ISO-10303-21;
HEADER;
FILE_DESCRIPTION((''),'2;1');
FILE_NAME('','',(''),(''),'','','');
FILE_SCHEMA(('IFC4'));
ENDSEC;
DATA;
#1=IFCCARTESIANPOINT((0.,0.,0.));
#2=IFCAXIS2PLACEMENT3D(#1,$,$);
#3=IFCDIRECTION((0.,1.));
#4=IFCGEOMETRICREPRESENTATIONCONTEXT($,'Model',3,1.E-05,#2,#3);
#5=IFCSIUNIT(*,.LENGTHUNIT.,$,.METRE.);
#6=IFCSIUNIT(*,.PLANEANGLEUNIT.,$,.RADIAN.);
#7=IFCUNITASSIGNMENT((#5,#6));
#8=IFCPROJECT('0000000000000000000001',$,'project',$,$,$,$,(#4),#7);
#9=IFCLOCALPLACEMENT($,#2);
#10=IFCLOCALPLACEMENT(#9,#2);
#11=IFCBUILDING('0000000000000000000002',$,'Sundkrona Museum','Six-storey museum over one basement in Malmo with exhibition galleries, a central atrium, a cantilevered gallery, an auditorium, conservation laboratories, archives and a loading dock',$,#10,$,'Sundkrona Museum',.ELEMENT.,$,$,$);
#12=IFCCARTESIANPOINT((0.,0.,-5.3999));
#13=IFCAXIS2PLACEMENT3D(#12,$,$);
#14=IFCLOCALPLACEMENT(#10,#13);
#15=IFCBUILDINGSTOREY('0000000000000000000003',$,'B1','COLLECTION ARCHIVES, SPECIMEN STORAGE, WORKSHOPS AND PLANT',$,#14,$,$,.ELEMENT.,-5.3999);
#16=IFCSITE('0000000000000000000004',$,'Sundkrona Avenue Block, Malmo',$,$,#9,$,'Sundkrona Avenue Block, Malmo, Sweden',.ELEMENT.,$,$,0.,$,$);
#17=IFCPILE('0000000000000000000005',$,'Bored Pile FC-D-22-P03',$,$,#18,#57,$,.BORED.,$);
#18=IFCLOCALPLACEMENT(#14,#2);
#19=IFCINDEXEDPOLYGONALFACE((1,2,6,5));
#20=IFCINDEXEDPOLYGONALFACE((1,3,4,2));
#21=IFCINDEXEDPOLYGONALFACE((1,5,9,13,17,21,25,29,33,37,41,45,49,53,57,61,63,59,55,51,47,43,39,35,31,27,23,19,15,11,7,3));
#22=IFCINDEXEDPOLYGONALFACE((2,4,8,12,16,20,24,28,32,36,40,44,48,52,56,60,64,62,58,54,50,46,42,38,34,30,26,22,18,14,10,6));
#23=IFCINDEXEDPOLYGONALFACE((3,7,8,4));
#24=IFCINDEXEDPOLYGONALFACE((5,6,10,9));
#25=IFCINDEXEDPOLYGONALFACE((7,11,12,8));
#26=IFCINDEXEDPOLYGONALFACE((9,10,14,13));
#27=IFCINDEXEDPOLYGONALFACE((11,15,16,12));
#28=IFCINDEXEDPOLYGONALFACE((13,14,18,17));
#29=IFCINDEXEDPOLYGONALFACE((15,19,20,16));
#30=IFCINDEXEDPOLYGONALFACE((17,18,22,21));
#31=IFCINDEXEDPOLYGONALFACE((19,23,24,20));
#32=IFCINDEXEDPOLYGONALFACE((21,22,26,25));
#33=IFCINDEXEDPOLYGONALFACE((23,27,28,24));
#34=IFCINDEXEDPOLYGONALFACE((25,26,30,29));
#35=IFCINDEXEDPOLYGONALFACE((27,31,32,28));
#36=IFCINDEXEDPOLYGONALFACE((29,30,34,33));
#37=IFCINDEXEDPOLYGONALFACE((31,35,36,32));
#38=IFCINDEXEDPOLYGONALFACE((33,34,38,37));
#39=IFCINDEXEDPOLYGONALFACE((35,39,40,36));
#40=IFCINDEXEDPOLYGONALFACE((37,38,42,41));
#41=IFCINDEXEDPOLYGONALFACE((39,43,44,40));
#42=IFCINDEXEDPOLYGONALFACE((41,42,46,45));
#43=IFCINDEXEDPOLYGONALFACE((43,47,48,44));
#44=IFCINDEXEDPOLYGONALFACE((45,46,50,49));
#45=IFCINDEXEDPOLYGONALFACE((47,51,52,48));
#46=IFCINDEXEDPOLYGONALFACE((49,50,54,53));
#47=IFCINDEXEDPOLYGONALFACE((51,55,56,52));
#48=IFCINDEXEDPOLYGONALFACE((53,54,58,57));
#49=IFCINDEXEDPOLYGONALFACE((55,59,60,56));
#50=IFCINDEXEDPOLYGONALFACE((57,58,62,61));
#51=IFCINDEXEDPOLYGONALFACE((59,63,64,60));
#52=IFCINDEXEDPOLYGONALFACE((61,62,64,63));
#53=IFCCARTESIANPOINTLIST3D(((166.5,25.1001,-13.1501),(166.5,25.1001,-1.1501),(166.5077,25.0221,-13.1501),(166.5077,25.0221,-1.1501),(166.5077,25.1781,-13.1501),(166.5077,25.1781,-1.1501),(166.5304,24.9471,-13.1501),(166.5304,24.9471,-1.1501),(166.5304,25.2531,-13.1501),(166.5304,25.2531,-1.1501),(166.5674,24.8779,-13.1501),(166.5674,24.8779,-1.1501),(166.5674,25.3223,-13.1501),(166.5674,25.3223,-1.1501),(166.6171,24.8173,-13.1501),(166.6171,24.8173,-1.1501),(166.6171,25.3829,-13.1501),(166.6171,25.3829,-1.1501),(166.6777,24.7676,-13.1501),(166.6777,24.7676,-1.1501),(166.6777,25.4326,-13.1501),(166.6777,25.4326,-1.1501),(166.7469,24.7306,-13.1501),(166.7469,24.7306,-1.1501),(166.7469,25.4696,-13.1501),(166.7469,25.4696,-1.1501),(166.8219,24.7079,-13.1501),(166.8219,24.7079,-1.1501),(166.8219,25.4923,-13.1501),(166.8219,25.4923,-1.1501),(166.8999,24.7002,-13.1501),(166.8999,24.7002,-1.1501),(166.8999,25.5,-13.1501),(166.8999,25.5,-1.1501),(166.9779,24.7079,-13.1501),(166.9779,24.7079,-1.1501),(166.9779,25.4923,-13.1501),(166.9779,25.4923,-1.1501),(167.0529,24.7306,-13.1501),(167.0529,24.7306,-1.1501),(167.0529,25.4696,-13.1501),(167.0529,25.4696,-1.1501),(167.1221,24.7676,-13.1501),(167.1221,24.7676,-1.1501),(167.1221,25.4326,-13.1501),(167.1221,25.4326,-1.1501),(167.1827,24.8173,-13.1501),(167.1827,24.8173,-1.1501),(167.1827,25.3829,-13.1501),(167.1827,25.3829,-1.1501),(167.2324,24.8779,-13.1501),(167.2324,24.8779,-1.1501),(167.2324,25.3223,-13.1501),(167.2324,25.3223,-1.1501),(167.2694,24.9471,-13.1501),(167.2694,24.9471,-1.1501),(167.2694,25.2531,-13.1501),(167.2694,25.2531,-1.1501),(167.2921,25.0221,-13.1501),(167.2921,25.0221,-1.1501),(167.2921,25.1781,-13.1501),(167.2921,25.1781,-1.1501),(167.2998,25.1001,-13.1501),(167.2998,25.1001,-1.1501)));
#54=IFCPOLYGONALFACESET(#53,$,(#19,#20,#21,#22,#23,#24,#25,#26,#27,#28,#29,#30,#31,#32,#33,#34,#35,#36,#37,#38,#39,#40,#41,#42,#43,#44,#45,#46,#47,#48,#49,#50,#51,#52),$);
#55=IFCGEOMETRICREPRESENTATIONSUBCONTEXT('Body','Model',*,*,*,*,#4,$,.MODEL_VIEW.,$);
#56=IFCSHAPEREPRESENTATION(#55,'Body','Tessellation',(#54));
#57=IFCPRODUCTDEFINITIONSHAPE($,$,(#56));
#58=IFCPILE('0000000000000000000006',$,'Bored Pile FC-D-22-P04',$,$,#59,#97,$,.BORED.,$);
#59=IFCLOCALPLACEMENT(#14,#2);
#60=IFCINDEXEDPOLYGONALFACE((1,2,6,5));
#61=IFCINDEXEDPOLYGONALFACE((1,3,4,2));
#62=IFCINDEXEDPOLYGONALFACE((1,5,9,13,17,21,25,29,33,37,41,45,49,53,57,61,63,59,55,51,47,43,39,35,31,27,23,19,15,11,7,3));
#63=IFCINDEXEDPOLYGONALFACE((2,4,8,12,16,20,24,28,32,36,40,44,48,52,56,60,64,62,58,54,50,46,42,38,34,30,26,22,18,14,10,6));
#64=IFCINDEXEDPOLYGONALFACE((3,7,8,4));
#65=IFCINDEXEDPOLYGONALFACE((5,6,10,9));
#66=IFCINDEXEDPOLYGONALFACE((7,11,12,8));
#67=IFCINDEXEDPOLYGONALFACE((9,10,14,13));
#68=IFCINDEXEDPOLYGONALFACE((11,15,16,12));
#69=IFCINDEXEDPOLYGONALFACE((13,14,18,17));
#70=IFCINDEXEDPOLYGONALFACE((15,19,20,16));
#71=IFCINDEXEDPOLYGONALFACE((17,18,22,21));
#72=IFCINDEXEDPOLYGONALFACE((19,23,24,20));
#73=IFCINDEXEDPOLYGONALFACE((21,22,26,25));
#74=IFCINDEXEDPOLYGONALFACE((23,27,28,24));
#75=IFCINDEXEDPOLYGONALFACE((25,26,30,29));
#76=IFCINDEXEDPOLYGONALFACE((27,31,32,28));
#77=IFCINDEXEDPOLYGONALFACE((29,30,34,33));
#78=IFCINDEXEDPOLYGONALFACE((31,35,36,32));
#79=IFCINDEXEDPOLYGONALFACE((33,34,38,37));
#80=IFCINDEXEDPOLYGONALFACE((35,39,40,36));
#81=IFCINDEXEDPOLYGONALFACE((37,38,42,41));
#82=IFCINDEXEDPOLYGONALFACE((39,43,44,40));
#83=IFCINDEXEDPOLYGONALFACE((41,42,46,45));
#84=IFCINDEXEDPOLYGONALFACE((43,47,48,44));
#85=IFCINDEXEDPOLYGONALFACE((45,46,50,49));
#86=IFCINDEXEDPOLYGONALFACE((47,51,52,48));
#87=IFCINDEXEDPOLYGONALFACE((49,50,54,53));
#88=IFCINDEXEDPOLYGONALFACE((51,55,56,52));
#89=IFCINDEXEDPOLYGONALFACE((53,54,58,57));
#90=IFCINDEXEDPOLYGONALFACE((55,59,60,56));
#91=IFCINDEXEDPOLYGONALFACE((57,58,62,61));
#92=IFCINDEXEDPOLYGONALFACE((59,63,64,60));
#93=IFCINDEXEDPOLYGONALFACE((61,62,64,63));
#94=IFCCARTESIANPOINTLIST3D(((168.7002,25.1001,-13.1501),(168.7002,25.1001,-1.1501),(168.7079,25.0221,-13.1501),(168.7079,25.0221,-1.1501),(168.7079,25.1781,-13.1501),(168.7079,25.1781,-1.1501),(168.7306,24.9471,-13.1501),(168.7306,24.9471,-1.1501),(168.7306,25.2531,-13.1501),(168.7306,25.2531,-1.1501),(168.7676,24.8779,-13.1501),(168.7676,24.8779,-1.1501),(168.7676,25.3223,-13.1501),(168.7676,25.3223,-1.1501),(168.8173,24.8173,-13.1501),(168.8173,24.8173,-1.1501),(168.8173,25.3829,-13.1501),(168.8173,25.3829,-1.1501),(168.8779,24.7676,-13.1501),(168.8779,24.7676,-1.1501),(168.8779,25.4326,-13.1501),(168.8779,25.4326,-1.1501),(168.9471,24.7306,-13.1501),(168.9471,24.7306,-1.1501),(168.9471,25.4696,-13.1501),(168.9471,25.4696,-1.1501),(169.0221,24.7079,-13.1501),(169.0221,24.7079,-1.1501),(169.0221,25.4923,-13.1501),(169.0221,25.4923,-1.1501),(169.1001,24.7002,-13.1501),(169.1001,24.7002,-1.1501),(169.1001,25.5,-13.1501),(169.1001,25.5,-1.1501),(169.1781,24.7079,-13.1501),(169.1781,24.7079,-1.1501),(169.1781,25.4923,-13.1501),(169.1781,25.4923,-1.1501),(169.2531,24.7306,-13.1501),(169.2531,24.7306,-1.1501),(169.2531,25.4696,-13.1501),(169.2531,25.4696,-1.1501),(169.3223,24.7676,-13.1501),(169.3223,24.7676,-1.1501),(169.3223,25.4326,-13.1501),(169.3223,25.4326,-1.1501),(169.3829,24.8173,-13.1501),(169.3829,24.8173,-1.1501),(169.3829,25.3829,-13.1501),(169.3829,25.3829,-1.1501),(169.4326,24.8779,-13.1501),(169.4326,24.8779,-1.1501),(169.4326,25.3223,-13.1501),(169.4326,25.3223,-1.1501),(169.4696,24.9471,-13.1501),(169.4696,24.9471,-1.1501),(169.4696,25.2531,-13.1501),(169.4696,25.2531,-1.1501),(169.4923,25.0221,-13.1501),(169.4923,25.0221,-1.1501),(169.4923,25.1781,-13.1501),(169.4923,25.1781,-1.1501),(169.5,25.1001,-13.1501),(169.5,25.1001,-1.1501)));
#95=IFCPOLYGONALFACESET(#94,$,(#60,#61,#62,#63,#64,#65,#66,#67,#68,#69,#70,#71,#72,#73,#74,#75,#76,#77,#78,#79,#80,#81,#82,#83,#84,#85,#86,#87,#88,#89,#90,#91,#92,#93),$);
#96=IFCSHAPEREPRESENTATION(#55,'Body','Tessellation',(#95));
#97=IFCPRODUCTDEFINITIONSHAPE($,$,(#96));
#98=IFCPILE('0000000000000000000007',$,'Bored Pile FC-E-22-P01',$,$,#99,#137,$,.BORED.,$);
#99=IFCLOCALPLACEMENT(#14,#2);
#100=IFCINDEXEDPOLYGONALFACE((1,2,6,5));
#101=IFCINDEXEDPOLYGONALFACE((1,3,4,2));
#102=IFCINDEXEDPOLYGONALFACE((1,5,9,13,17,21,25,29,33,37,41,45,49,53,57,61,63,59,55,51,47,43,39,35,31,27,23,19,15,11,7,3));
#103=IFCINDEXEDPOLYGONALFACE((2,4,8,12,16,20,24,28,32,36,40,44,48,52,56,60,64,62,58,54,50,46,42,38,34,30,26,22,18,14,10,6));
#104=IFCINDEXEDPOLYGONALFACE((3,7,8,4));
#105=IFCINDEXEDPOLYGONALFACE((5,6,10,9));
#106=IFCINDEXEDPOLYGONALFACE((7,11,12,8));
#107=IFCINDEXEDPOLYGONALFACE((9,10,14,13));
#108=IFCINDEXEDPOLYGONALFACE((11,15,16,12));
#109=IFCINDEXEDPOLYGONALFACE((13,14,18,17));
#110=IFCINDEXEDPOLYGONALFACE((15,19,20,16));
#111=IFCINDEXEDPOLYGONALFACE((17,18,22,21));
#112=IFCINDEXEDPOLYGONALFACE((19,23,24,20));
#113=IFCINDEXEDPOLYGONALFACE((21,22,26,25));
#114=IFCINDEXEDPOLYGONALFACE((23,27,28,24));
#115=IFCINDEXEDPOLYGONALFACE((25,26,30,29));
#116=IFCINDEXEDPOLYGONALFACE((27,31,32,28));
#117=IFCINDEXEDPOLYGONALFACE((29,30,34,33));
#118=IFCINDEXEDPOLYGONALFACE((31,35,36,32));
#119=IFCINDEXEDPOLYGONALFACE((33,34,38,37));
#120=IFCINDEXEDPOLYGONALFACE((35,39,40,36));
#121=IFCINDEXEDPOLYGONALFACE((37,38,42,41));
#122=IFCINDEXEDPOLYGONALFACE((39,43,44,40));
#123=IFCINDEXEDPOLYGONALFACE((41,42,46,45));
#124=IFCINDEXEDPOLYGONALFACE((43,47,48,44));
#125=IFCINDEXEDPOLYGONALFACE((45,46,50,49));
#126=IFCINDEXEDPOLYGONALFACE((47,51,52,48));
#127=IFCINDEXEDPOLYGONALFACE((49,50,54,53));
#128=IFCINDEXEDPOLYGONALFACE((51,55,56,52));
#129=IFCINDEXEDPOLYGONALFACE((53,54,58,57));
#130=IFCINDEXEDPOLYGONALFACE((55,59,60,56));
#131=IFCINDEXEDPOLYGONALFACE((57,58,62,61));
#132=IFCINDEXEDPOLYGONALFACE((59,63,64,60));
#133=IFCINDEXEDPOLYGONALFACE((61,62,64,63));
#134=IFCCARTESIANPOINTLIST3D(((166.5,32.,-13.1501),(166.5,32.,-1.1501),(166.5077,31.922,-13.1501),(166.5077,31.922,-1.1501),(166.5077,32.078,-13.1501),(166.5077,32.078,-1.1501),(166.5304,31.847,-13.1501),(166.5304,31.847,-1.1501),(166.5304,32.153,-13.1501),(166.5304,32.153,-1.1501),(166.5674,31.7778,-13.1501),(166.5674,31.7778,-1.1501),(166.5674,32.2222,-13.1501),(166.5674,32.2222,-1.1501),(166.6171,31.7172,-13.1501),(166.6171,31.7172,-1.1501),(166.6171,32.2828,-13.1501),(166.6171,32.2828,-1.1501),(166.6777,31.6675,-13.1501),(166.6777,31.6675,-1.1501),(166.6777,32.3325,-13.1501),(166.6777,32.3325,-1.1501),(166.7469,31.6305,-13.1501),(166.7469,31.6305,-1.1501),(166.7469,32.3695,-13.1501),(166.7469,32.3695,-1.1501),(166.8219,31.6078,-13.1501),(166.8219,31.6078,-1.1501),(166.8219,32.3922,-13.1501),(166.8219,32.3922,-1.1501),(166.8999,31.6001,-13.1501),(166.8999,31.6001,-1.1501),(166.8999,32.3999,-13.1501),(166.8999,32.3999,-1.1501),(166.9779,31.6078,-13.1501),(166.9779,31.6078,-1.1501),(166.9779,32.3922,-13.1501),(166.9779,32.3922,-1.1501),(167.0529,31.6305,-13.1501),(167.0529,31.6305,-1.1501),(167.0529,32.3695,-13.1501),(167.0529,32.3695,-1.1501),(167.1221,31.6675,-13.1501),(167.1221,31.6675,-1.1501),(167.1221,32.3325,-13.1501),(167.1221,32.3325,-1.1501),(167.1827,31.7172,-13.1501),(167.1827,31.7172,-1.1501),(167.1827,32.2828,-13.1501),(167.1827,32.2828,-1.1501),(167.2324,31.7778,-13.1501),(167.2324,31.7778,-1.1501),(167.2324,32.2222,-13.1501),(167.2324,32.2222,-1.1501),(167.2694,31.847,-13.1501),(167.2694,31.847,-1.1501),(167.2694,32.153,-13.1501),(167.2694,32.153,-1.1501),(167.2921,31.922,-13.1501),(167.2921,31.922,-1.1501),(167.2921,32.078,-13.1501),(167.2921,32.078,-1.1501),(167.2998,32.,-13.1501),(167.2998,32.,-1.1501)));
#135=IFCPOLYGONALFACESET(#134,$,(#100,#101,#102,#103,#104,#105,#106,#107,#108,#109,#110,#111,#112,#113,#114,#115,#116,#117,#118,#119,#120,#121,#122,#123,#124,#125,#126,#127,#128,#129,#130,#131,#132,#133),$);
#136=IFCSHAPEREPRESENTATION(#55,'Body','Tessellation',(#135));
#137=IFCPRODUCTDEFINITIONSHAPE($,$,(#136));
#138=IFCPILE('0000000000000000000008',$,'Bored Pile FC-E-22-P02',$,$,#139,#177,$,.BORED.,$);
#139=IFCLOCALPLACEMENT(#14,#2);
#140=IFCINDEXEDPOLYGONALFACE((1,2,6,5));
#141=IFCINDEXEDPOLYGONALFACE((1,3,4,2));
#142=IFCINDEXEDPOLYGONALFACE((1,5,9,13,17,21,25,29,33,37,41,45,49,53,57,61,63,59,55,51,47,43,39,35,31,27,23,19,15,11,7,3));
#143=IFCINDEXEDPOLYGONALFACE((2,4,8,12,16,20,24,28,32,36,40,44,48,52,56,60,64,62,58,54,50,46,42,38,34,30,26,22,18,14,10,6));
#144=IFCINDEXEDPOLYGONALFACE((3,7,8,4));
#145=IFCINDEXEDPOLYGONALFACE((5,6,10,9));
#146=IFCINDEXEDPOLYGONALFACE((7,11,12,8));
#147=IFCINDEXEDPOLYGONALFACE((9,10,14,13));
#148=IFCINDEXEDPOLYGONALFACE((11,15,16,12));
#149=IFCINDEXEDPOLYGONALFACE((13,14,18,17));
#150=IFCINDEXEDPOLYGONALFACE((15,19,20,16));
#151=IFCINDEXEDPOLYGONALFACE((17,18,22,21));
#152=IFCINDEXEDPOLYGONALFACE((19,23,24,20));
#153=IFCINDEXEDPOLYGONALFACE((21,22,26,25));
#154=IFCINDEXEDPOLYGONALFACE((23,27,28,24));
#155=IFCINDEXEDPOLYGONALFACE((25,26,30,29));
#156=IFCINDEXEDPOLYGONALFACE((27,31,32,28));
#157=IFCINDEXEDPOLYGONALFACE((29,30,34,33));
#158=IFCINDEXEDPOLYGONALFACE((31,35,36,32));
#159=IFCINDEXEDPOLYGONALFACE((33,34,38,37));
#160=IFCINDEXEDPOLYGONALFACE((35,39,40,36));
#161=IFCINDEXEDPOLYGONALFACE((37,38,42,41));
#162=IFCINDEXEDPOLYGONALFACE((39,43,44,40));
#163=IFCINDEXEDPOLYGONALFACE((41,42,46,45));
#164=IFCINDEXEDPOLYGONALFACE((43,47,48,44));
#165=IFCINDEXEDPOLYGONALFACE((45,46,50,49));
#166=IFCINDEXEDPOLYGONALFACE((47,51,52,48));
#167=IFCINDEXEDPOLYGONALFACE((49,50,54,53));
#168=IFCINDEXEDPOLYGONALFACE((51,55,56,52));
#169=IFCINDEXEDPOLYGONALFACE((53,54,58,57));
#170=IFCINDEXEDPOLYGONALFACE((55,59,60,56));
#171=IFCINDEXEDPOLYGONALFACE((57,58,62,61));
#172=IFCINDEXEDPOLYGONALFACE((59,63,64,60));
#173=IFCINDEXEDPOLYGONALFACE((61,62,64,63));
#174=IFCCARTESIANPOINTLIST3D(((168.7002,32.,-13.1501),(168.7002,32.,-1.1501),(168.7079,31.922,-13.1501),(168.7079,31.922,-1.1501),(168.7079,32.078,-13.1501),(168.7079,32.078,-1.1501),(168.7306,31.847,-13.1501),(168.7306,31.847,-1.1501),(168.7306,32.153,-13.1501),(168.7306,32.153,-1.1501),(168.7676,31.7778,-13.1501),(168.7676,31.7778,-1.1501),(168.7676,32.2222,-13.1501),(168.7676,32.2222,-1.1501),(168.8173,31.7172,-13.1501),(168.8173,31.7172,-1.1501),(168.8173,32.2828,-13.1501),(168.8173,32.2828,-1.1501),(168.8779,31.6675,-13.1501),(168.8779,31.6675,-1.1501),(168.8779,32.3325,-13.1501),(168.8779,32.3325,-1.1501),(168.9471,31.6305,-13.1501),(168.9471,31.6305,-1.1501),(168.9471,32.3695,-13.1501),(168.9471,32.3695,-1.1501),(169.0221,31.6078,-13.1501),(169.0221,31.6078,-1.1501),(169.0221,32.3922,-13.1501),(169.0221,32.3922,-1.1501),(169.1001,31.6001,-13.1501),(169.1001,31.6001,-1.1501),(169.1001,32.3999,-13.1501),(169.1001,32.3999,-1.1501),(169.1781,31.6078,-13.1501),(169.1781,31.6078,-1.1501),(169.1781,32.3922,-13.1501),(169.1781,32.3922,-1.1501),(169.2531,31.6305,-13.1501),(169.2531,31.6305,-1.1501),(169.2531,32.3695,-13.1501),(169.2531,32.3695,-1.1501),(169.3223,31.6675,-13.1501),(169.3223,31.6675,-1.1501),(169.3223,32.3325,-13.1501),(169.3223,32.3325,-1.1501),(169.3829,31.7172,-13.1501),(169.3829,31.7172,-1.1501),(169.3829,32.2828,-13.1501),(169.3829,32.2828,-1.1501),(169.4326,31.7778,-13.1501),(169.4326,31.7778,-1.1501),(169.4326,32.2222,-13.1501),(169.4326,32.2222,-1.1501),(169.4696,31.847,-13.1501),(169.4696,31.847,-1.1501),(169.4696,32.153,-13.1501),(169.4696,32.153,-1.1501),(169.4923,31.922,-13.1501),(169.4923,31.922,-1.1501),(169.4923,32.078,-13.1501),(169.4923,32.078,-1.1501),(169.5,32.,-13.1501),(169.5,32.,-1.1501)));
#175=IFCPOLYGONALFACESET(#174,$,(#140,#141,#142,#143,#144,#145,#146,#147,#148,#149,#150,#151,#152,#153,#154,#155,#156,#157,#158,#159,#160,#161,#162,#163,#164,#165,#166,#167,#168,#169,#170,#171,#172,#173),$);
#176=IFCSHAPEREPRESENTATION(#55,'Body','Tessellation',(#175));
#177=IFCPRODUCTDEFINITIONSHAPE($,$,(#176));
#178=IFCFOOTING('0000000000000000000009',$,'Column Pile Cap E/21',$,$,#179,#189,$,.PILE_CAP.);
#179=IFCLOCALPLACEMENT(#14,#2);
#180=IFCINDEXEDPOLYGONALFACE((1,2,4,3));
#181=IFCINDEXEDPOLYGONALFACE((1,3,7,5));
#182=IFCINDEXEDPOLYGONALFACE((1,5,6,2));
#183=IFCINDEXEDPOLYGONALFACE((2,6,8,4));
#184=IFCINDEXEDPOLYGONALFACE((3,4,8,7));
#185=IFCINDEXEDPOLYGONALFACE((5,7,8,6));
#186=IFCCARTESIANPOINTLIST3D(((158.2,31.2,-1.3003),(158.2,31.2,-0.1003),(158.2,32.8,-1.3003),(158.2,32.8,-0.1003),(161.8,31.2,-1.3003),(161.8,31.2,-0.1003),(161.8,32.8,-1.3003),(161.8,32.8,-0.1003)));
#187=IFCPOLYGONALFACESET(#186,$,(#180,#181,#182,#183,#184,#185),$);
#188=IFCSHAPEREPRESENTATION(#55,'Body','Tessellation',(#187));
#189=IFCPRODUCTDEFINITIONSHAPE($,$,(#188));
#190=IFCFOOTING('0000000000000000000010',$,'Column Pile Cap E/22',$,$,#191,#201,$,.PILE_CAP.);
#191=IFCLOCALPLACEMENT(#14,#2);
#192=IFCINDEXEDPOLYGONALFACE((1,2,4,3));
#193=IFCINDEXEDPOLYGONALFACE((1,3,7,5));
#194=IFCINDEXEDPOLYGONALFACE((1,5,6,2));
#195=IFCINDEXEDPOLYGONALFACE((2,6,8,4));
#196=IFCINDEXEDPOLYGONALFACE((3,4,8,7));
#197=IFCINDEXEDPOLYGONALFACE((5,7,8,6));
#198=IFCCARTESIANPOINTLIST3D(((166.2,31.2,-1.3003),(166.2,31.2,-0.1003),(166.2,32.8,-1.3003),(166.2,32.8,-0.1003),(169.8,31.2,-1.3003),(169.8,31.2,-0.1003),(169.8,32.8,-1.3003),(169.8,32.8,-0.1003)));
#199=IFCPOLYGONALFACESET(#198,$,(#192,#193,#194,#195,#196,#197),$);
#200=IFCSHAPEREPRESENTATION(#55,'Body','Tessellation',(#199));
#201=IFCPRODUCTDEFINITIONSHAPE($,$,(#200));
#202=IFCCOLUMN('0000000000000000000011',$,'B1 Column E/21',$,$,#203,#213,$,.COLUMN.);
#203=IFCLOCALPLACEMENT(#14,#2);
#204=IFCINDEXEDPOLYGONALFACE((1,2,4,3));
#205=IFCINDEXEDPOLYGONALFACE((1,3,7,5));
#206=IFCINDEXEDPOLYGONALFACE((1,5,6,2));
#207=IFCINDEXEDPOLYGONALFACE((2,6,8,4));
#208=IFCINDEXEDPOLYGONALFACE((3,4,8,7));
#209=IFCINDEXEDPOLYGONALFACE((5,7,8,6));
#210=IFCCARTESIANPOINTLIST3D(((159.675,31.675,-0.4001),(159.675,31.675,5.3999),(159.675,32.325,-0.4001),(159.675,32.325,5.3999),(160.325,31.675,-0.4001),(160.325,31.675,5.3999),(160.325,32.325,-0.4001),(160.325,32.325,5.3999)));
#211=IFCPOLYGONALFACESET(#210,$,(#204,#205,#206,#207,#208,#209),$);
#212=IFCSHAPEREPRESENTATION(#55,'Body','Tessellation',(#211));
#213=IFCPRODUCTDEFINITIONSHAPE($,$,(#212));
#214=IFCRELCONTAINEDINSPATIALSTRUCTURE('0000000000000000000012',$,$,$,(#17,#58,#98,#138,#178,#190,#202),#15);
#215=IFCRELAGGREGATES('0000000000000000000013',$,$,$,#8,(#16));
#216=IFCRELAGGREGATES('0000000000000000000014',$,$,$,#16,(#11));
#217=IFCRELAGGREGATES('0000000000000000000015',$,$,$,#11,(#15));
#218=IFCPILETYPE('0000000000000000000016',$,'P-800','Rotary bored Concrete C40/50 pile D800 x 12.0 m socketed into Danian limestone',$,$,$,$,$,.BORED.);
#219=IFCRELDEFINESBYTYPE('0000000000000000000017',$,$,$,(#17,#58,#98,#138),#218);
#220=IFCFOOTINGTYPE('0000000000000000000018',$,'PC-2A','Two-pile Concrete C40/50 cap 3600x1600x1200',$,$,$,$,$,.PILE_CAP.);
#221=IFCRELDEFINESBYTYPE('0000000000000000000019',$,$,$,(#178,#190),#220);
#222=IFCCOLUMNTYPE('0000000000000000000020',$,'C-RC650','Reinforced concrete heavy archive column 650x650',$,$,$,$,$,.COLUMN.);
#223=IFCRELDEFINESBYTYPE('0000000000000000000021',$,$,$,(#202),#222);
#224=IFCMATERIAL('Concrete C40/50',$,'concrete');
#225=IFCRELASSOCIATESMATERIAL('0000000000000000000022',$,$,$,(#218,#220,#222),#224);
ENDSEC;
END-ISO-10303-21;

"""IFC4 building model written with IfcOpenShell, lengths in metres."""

from ifc_helpers import new_model, si_unit, direction, frame, origin, origin_2d, place, context, subcontext, project, spatial, rectangle, circle, extrude, material, material_profile, profile_set, type_object, element, save


model = new_model("IFC4")

# Units and contexts
model_context = context("Model", 3, precision=1e-05, world=origin(), true_north=direction((0.0, 1.0)))
body_context = subcontext(model_context, "Body", "Model", "MODEL_VIEW")
ifc_project = project(units=[si_unit("LENGTHUNIT", "METRE"), si_unit("PLANEANGLEUNIT", "RADIAN")], contexts=[model_context])

# Site, building, storey
site_placement = place(None, origin())
site = spatial("IfcSite", under=ifc_project, at=site_placement, Name="Sundkrona Avenue Block, Malmo", LongName="Sundkrona Avenue Block, Malmo, Sweden", CompositionType="ELEMENT", RefElevation=0.0)
building_placement = place(site_placement, origin())
building = spatial("IfcBuilding", under=site, at=building_placement, Name="Sundkrona Museum", Description="Six-storey museum over one basement in Malmo with exhibition galleries, a central atrium, a cantilevered gallery, an auditorium, conservation laboratories, archives and a loading dock", LongName="Sundkrona Museum", CompositionType="ELEMENT")
storey_placement = place(building_placement, frame((0.0, 0.0, -5.3999)))
storey = spatial("IfcBuildingStorey", under=building, at=storey_placement, Name="B1", Description="COLLECTION ARCHIVES, SPECIMEN STORAGE, WORKSHOPS AND PLANT", CompositionType="ELEMENT", Elevation=-5.3999)

# Shared definitions
ifc_material_1 = material(Name="Concrete C40/50", Category="concrete")

# Piles
ifc_material_profile_1 = material_profile(ifc_material_1, circle(Radius=0.3999, at=origin_2d()), Name="PILE D800")
ifc_profile_set_1 = profile_set([ifc_material_profile_1], Name="Concrete C40/50")
pile_type = type_object("IfcPileType", Name="P-800", Description="Rotary bored Concrete C40/50 pile D800 x 12.0 m socketed into Danian limestone", PredefinedType="BORED", material=ifc_profile_set_1)
for number, where, z_axis, x_axis, name in (
    (1, (166.8999, 25.1001, -1.1501), (0.0, 0.0, -1.0), (1.0, 0.0, 0.0), "Bored Pile FC-D-22-P03"),
    (2, (169.1001, 25.1001, -1.1501), (0.0, 0.0, -1.0), (1.0, 0.0, 0.0), "Bored Pile FC-D-22-P04"),
    (3, (166.8999, 32.0, -1.1501), (0.0, 0.0, -1.0), (1.0, 0.0, 0.0), "Bored Pile FC-E-22-P01"),
    (4, (169.1001, 32.0, -1.1501), (0.0, 0.0, -1.0), (1.0, 0.0, 0.0), "Bored Pile FC-E-22-P02"),
):
    element("IfcPile", number, at=place(storey_placement, frame(where, z_axis=z_axis, x_axis=x_axis)), inside=storey, type_object=pile_type, Name=name, PredefinedType="BORED", context=body_context, shape_type="SweptSolid", body=[
        extrude(circle(Radius=0.3999, at=origin_2d()), origin(), (0.0, 0.0, 1.0), 12.0),
    ])

# Footings
footing_type_1 = type_object("IfcFootingType", Name="PC-2A", Description="Two-pile Concrete C40/50 cap 3600x1600x1200", PredefinedType="PILE_CAP", material=ifc_material_1)
for number, where, z_axis, x_axis, name in (
    (5, (160.0, 32.0, -1.3003), (0.0, 0.0, 1.0), (1.0, 0.0, 0.0), "Column Pile Cap E/21"),
    (6, (168.0, 32.0, -1.3003), (0.0, 0.0, 1.0), (1.0, 0.0, 0.0), "Column Pile Cap E/22"),
):
    element("IfcFooting", number, at=place(storey_placement, frame(where, z_axis=z_axis, x_axis=x_axis)), inside=storey, type_object=footing_type_1, Name=name, PredefinedType="PILE_CAP", context=body_context, shape_type="SweptSolid", body=[
        extrude(rectangle(XDim=3.6001, YDim=1.6001, at=origin_2d()), origin(), (0.0, 0.0, 1.0), 1.2),
    ])

# Column
ifc_material_profile_2 = material_profile(ifc_material_1, rectangle(XDim=0.6499, YDim=0.6499, at=origin_2d()), Name="RC 650x650")
ifc_profile_set_2 = profile_set([ifc_material_profile_2], Name="Concrete C40/50")
column_type = type_object("IfcColumnType", Name="C-RC650", Description="Reinforced concrete heavy archive column 650x650", PredefinedType="COLUMN", material=ifc_profile_set_2)
for number, where, z_axis, x_axis, name in (
    (7, (160.0, 32.0, -0.4001), (0.0, 0.0, 1.0), (1.0, 0.0, 0.0), "B1 Column E/21"),
):
    element("IfcColumn", number, at=place(storey_placement, frame(where, z_axis=z_axis, x_axis=x_axis)), inside=storey, type_object=column_type, Name=name, PredefinedType="COLUMN", context=body_context, shape_type="SweptSolid", body=[
        extrude(rectangle(XDim=0.6499, YDim=0.6499, at=origin_2d()), origin(), (0.0, 0.0, 1.0), 5.8),
    ])

save(model, "model.ifc")
